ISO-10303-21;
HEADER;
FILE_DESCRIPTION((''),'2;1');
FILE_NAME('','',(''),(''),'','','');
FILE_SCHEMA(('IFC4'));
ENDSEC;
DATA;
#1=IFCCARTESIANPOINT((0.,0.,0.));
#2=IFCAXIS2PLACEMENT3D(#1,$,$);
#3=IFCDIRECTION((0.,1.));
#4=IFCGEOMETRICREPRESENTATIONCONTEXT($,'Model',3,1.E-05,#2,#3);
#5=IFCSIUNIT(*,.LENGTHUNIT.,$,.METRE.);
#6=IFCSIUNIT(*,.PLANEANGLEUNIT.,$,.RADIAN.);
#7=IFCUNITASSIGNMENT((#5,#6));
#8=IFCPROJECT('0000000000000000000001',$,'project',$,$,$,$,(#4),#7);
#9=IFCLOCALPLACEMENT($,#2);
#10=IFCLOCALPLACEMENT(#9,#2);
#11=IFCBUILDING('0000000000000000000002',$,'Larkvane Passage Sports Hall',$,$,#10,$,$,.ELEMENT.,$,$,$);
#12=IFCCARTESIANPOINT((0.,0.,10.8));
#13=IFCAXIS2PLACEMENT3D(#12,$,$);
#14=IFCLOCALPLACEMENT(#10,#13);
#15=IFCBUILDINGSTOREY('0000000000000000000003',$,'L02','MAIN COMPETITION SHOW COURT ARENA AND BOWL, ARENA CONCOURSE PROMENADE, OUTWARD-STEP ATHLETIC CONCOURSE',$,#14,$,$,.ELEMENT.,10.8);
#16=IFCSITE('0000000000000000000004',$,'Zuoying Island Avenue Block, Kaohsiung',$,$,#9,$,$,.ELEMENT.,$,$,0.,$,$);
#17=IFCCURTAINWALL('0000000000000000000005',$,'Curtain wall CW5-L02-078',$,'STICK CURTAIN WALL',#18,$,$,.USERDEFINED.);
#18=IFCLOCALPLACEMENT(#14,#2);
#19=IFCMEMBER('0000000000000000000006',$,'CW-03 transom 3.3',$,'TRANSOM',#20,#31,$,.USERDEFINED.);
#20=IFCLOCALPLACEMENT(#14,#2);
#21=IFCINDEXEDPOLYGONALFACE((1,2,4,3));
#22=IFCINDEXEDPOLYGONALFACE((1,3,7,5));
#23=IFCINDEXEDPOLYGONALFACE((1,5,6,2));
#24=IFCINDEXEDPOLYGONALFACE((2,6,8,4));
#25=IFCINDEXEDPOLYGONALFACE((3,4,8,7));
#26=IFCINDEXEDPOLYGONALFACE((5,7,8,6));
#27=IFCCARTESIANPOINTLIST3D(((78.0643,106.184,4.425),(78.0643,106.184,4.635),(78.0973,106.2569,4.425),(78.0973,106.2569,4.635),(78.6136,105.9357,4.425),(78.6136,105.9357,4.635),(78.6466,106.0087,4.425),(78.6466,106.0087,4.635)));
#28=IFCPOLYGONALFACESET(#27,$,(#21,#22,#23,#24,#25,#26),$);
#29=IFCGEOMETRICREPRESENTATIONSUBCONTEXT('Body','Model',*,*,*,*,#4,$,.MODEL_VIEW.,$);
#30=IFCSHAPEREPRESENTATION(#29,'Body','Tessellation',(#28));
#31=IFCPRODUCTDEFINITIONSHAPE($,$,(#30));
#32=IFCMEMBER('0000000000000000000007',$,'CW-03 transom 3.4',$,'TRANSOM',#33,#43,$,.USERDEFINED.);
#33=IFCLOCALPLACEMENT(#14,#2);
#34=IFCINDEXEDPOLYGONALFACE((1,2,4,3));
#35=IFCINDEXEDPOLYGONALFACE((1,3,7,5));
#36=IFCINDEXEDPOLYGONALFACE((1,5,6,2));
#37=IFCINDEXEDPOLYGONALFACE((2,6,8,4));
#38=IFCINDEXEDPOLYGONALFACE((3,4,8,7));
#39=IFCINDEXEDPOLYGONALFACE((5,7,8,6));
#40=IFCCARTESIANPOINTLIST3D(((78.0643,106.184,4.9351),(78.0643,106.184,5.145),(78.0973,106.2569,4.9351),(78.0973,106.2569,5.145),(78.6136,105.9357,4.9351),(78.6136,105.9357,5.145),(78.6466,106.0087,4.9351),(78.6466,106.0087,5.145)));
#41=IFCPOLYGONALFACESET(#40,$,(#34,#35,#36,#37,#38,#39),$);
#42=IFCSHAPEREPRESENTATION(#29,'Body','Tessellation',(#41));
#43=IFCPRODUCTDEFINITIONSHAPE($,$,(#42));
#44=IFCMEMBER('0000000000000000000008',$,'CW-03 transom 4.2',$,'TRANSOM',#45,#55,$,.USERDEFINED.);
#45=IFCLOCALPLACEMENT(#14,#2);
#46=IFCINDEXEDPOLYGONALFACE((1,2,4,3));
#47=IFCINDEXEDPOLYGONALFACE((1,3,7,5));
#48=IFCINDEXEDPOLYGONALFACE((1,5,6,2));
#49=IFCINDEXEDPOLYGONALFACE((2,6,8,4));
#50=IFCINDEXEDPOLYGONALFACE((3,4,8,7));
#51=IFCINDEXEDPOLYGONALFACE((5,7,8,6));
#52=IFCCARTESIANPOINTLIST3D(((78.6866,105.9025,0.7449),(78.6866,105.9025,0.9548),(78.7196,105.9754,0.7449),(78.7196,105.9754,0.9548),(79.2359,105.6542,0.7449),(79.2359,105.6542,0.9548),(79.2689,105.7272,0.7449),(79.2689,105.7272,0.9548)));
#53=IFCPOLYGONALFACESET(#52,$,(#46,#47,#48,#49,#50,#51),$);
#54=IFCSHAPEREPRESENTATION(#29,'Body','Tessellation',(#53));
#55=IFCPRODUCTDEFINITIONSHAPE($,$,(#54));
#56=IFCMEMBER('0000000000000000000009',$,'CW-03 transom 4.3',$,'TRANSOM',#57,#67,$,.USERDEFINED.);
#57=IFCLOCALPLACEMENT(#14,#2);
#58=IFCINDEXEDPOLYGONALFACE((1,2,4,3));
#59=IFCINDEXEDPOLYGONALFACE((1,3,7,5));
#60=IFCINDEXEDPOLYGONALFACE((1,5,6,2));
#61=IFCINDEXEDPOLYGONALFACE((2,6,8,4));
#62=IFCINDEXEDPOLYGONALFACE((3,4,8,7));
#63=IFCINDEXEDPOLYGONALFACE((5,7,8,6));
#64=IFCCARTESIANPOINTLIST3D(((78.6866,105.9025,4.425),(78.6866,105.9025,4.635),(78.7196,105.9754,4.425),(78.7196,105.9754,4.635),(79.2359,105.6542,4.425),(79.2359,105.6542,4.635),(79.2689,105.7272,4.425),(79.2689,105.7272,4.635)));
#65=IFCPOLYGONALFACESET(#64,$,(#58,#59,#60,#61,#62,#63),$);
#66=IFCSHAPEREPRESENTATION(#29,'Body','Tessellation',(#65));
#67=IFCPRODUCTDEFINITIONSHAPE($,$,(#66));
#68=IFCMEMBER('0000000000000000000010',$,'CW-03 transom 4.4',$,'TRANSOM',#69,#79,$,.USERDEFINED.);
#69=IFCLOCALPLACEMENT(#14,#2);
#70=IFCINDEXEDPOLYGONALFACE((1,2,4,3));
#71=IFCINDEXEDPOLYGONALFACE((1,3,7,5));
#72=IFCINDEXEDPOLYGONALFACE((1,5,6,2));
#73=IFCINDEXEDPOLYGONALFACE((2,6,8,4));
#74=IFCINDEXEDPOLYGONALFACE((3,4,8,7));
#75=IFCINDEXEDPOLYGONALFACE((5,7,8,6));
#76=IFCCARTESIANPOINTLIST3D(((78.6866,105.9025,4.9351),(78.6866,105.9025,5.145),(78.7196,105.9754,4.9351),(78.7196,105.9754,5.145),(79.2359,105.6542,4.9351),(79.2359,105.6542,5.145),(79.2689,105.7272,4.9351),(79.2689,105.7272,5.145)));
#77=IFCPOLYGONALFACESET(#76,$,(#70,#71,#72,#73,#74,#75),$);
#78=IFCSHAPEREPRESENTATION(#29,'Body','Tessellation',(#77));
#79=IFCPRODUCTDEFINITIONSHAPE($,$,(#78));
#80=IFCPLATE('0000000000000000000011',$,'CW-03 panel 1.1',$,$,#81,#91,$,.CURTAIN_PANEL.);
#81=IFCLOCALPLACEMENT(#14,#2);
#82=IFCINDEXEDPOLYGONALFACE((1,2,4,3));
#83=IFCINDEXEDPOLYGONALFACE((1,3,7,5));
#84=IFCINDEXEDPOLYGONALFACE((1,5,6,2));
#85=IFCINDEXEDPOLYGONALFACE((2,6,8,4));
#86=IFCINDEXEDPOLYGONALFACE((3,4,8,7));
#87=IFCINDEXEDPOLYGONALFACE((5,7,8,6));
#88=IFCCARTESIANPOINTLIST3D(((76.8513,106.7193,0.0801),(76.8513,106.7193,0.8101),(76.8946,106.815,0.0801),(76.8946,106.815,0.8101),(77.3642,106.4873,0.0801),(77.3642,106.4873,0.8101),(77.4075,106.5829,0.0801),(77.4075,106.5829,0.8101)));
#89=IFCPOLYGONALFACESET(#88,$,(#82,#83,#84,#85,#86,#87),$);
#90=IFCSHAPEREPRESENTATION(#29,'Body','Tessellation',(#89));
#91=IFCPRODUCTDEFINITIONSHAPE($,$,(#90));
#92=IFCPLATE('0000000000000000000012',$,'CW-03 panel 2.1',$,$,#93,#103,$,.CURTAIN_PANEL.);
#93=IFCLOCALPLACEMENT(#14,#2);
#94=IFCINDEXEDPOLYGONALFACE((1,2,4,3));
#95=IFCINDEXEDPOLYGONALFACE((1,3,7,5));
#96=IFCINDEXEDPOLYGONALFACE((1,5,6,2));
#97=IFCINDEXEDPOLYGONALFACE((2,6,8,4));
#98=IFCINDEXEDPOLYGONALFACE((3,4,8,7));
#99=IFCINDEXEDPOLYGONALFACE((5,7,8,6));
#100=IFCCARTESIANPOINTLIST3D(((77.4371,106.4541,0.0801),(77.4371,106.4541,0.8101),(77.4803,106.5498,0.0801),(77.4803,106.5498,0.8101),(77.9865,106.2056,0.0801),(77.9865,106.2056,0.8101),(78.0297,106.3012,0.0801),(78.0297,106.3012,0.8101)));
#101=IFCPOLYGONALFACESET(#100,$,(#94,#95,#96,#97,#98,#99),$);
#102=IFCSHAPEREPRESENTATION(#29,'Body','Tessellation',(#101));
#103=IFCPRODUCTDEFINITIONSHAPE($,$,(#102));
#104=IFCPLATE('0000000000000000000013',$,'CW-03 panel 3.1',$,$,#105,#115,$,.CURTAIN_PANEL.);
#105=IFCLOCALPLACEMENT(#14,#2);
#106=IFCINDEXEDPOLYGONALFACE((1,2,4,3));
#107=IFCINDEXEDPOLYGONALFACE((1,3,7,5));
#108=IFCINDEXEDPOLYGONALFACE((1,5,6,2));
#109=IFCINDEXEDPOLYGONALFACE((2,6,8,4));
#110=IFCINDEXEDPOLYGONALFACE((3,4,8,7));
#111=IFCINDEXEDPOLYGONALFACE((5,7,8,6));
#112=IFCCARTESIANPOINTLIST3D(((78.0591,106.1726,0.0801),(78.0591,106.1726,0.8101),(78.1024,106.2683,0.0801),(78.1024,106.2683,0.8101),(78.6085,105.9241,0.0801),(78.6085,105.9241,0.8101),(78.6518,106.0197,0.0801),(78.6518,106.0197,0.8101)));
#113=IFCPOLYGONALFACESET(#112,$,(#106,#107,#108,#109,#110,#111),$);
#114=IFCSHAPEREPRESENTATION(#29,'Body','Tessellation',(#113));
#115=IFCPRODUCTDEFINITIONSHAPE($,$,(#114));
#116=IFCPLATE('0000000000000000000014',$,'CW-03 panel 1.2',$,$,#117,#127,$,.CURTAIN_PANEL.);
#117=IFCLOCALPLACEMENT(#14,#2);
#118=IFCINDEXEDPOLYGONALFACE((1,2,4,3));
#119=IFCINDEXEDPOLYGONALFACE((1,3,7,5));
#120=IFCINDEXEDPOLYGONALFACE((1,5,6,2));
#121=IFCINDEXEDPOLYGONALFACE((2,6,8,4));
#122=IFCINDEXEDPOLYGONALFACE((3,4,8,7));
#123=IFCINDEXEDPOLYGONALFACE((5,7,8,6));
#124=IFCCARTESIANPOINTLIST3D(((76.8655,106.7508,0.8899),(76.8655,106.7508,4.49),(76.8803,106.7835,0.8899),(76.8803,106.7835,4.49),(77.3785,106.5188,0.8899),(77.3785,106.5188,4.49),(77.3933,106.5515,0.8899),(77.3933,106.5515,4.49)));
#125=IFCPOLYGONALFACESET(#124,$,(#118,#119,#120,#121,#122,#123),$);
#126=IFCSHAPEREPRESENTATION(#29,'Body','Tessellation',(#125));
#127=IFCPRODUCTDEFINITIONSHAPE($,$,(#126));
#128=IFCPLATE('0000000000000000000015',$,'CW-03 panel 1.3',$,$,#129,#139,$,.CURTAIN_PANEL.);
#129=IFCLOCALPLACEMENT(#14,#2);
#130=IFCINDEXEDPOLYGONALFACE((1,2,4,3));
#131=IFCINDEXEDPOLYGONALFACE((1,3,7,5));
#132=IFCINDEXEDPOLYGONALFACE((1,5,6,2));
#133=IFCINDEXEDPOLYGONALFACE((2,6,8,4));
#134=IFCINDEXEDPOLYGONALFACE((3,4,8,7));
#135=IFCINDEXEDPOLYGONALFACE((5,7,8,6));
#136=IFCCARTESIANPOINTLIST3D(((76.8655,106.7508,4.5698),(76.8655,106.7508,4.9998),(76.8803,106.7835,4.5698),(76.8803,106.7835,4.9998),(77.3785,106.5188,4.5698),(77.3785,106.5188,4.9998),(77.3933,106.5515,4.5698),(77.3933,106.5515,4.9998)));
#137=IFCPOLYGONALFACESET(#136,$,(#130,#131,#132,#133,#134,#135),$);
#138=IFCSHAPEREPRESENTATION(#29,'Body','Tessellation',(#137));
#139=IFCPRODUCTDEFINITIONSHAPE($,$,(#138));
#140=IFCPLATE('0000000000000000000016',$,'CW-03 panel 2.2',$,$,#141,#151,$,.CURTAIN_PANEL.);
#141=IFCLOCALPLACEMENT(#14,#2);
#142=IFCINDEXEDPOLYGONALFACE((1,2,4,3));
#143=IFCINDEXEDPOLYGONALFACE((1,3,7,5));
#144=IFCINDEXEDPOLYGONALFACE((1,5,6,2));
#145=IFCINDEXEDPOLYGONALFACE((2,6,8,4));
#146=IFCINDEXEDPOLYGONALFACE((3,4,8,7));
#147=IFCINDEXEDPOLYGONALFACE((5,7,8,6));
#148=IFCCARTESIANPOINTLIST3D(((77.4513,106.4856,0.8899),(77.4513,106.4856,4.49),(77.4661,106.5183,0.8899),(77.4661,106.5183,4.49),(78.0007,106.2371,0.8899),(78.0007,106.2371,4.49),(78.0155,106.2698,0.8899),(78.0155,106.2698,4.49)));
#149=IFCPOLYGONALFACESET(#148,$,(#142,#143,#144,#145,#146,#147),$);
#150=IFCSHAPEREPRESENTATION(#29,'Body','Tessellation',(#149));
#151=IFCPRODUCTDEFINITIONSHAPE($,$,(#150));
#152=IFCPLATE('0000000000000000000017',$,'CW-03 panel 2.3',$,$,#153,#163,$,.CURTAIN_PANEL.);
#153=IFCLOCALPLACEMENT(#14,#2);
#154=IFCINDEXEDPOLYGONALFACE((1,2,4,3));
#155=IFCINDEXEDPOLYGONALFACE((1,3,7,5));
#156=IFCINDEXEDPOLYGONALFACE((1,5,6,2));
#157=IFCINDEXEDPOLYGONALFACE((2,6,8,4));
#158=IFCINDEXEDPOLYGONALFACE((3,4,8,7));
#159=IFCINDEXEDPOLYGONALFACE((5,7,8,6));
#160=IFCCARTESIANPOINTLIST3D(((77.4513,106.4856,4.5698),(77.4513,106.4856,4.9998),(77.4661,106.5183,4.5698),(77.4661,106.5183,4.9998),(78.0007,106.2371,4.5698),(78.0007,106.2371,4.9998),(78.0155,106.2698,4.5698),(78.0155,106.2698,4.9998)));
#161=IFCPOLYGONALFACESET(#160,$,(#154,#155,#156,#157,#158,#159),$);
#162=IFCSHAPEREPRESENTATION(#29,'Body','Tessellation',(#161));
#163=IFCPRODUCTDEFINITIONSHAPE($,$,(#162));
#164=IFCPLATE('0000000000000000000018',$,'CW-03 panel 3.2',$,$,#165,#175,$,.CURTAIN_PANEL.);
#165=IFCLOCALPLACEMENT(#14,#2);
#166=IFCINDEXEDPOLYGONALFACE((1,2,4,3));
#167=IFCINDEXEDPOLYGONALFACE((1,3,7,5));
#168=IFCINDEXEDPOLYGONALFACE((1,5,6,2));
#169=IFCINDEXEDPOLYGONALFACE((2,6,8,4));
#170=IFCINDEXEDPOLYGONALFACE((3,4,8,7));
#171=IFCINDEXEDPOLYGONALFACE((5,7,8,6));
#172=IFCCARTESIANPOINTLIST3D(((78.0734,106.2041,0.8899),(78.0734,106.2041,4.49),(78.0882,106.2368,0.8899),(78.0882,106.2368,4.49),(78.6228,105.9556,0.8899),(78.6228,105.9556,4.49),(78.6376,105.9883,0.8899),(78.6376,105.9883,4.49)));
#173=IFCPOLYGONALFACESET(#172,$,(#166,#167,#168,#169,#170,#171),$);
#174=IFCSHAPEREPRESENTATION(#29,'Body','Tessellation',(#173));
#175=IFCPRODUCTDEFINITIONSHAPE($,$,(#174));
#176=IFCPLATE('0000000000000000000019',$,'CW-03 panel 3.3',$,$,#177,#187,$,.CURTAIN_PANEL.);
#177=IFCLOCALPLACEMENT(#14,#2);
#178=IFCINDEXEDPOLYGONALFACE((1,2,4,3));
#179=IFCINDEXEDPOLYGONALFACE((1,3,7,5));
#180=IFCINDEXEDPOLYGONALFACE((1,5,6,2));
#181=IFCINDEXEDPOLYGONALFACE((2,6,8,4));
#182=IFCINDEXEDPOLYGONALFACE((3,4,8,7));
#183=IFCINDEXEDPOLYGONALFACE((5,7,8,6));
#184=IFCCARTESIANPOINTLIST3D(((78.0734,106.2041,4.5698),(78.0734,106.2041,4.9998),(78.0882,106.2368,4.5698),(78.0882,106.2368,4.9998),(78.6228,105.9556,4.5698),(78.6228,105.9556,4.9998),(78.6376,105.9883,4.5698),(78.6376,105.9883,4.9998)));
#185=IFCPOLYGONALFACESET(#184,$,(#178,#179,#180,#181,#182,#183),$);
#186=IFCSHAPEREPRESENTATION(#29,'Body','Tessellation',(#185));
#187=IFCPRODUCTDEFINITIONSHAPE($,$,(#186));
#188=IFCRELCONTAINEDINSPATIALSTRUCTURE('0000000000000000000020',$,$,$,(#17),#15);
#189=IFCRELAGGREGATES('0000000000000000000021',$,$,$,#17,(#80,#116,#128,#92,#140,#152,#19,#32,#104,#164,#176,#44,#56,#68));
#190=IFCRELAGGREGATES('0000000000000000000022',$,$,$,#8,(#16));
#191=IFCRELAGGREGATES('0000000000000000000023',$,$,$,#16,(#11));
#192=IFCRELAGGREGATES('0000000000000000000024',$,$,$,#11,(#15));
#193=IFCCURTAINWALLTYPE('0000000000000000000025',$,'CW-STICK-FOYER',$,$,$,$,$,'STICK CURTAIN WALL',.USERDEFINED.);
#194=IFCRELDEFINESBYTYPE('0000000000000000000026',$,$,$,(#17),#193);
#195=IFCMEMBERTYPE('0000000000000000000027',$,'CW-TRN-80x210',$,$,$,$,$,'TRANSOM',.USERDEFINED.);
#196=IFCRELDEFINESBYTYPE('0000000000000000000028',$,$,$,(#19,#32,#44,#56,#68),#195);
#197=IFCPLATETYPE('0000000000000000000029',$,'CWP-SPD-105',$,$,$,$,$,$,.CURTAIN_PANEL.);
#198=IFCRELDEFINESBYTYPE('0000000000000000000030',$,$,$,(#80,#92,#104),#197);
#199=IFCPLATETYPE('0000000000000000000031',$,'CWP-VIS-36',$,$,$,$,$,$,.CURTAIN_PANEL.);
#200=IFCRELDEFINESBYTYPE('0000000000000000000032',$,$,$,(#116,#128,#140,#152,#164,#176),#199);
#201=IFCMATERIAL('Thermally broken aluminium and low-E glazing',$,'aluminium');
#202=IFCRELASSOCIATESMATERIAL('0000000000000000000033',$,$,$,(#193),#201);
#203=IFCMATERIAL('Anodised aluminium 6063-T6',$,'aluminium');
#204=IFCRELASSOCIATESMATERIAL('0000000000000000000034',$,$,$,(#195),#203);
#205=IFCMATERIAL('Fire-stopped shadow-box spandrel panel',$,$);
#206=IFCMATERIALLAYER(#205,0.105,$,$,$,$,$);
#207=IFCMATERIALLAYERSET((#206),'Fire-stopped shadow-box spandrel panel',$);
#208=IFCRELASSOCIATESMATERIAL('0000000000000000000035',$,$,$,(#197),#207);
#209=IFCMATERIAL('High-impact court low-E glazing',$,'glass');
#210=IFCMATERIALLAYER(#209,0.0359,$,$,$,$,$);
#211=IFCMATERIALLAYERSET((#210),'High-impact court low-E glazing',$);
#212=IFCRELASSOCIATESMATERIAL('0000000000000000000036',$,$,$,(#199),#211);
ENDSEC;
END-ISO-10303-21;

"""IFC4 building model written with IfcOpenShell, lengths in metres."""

from ifc_helpers import new_model, si_unit, direction, frame, origin, origin_2d, place, context, subcontext, project, spatial, rectangle, extrude, material, layer, layer_set, material_profile, profile_set, type_object, element, aggregate, save


model = new_model("IFC4")

# Units and contexts
model_context = context("Model", 3, precision=1e-05, world=origin(), true_north=direction((0.0, 1.0)))
body_context = subcontext(model_context, "Body", "Model", "MODEL_VIEW")
ifc_project = project(units=[si_unit("LENGTHUNIT", "METRE"), si_unit("PLANEANGLEUNIT", "RADIAN")], contexts=[model_context])

# Site, building, storey
site_placement = place(None, origin())
site = spatial("IfcSite", under=ifc_project, at=site_placement, Name="Zuoying Island Avenue Block, Kaohsiung", CompositionType="ELEMENT", RefElevation=0.0)
building_placement = place(site_placement, origin())
building = spatial("IfcBuilding", under=site, at=building_placement, Name="Larkvane Passage Sports Hall", CompositionType="ELEMENT")
storey_placement = place(building_placement, frame((0.0, 0.0, 10.8)))
storey = spatial("IfcBuildingStorey", under=building, at=storey_placement, Name="L02", Description="MAIN COMPETITION SHOW COURT ARENA AND BOWL, ARENA CONCOURSE PROMENADE, OUTWARD-STEP ATHLETIC CONCOURSE", CompositionType="ELEMENT", Elevation=10.8)

# Curtain wall, members, plates
ifc_material_1 = material(Name="Thermally broken aluminium and low-E glazing", Category="aluminium")
curtain_wall_type = type_object("IfcCurtainWallType", Name="CW-STICK-FOYER", ElementType="STICK CURTAIN WALL", PredefinedType="USERDEFINED", material=ifc_material_1)
curtain_wall_placement = place(storey_placement, origin())
curtain_wall = element("IfcCurtainWall", 1, at=curtain_wall_placement, inside=storey, type_object=curtain_wall_type, Name="Curtain wall CW5-L02-078", ObjectType="STICK CURTAIN WALL", PredefinedType="USERDEFINED")
ifc_material_2 = material(Name="Anodised aluminium 6063-T6", Category="aluminium")
ifc_material_profile_1 = material_profile(ifc_material_2, rectangle(XDim=0.0801, YDim=0.21, at=origin_2d()), Name="ALU-TRN-80x210")
ifc_profile_set_1 = profile_set([ifc_material_profile_1], Name="Anodised aluminium 6063-T6")
member_type_1 = type_object("IfcMemberType", Name="CW-TRN-80x210", ElementType="TRANSOM", PredefinedType="USERDEFINED", material=ifc_profile_set_1)
member_1_placement = place(storey_placement, frame((78.0808, 106.2205, 4.53), z_axis=(0.911238, -0.41188, 0.0), x_axis=(0.41188, 0.911238, 0.0)))
member_1 = element("IfcMember", 2, at=member_1_placement, type_object=member_type_1, Name="CW-03 transom 3.3", ObjectType="TRANSOM", PredefinedType="USERDEFINED", context=body_context, shape_type="SweptSolid", body=[
    extrude(rectangle(XDim=0.0801, YDim=0.21, at=origin_2d()), origin(), (0.0, 0.0, 1.0), 0.6028),
])
member_2_placement = place(storey_placement, frame((78.0808, 106.2205, 5.04), z_axis=(0.911238, -0.41188, 0.0), x_axis=(0.41188, 0.911238, 0.0)))
member_2 = element("IfcMember", 3, at=member_2_placement, type_object=member_type_1, Name="CW-03 transom 3.4", ObjectType="TRANSOM", PredefinedType="USERDEFINED", context=body_context, shape_type="SweptSolid", body=[
    extrude(rectangle(XDim=0.0801, YDim=0.21, at=origin_2d()), origin(), (0.0, 0.0, 1.0), 0.6028),
])
member_3_placement = place(storey_placement, frame((78.7031, 105.939, 0.8499), z_axis=(0.911238, -0.41188, 0.0), x_axis=(0.41188, 0.911238, 0.0)))
member_3 = element("IfcMember", 4, at=member_3_placement, type_object=member_type_1, Name="CW-03 transom 4.2", ObjectType="TRANSOM", PredefinedType="USERDEFINED", context=body_context, shape_type="SweptSolid", body=[
    extrude(rectangle(XDim=0.0801, YDim=0.21, at=origin_2d()), origin(), (0.0, 0.0, 1.0), 0.6028),
])
member_4_placement = place(storey_placement, frame((78.7031, 105.939, 4.53), z_axis=(0.911238, -0.41188, 0.0), x_axis=(0.41188, 0.911238, 0.0)))
member_4 = element("IfcMember", 5, at=member_4_placement, type_object=member_type_1, Name="CW-03 transom 4.3", ObjectType="TRANSOM", PredefinedType="USERDEFINED", context=body_context, shape_type="SweptSolid", body=[
    extrude(rectangle(XDim=0.0801, YDim=0.21, at=origin_2d()), origin(), (0.0, 0.0, 1.0), 0.6028),
])
member_5_placement = place(storey_placement, frame((78.7031, 105.939, 5.04), z_axis=(0.911238, -0.41188, 0.0), x_axis=(0.41188, 0.911238, 0.0)))
member_5 = element("IfcMember", 6, at=member_5_placement, type_object=member_type_1, Name="CW-03 transom 4.4", ObjectType="TRANSOM", PredefinedType="USERDEFINED", context=body_context, shape_type="SweptSolid", body=[
    extrude(rectangle(XDim=0.0801, YDim=0.21, at=origin_2d()), origin(), (0.0, 0.0, 1.0), 0.6028),
])
ifc_material_3 = material(Name="Fire-stopped shadow-box spandrel panel")
ifc_layer_1 = layer(ifc_material_3, 0.105)
ifc_layer_set_1 = layer_set([ifc_layer_1], Name="Fire-stopped shadow-box spandrel panel")
plate_type_1 = type_object("IfcPlateType", Name="CWP-SPD-105", PredefinedType="CURTAIN_PANEL", material=ifc_layer_set_1)
plate_1_placement = place(storey_placement, frame((77.1294, 106.6511, 0.0801), z_axis=(0.0, 0.0, 1.0), x_axis=(0.91111, -0.412163, 0.0)))
plate_1 = element("IfcPlate", 7, at=plate_1_placement, type_object=plate_type_1, Name="CW-03 panel 1.1", PredefinedType="CURTAIN_PANEL", context=body_context, shape_type="SweptSolid", body=[
    extrude(rectangle(XDim=0.563, YDim=0.105, at=origin_2d()), origin(), (0.0, 0.0, 1.0), 0.73),
])
plate_2_placement = place(storey_placement, frame((77.7334, 106.3777, 0.0801), z_axis=(0.0, 0.0, 1.0), x_axis=(0.91111, -0.412163, 0.0)))
plate_2 = element("IfcPlate", 8, at=plate_2_placement, type_object=plate_type_1, Name="CW-03 panel 2.1", PredefinedType="CURTAIN_PANEL", context=body_context, shape_type="SweptSolid", body=[
    extrude(rectangle(XDim=0.603, YDim=0.105, at=origin_2d()), origin(), (0.0, 0.0, 1.0), 0.73),
])
plate_3_placement = place(storey_placement, frame((78.3555, 106.0962, 0.0801), z_axis=(0.0, 0.0, 1.0), x_axis=(0.91111, -0.412163, 0.0)))
plate_3 = element("IfcPlate", 9, at=plate_3_placement, type_object=plate_type_1, Name="CW-03 panel 3.1", PredefinedType="CURTAIN_PANEL", context=body_context, shape_type="SweptSolid", body=[
    extrude(rectangle(XDim=0.603, YDim=0.105, at=origin_2d()), origin(), (0.0, 0.0, 1.0), 0.73),
])
ifc_material_4 = material(Name="High-impact court low-E glazing", Category="glass")
ifc_layer_2 = layer(ifc_material_4, 0.0359)
ifc_layer_set_2 = layer_set([ifc_layer_2], Name="High-impact court low-E glazing")
plate_type_2 = type_object("IfcPlateType", Name="CWP-VIS-36", PredefinedType="CURTAIN_PANEL", material=ifc_layer_set_2)
plate_4_placement = place(storey_placement, frame((77.1294, 106.6511, 0.8899), z_axis=(0.0, 0.0, 1.0), x_axis=(0.91111, -0.412163, 0.0)))
plate_4 = element("IfcPlate", 10, at=plate_4_placement, type_object=plate_type_2, Name="CW-03 panel 1.2", PredefinedType="CURTAIN_PANEL", context=body_context, shape_type="SweptSolid", body=[
    extrude(rectangle(XDim=0.563, YDim=0.0359, at=origin_2d()), origin(), (0.0, 0.0, 1.0), 3.6001),
])
plate_5_placement = place(storey_placement, frame((77.1294, 106.6511, 4.5698), z_axis=(0.0, 0.0, 1.0), x_axis=(0.91111, -0.412163, 0.0)))
plate_5 = element("IfcPlate", 11, at=plate_5_placement, type_object=plate_type_2, Name="CW-03 panel 1.3", PredefinedType="CURTAIN_PANEL", context=body_context, shape_type="SweptSolid", body=[
    extrude(rectangle(XDim=0.563, YDim=0.0359, at=origin_2d()), origin(), (0.0, 0.0, 1.0), 0.4299),
])
plate_6_placement = place(storey_placement, frame((77.7334, 106.3777, 0.8899), z_axis=(0.0, 0.0, 1.0), x_axis=(0.91111, -0.412163, 0.0)))
plate_6 = element("IfcPlate", 12, at=plate_6_placement, type_object=plate_type_2, Name="CW-03 panel 2.2", PredefinedType="CURTAIN_PANEL", context=body_context, shape_type="SweptSolid", body=[
    extrude(rectangle(XDim=0.603, YDim=0.0359, at=origin_2d()), origin(), (0.0, 0.0, 1.0), 3.6001),
])
plate_7_placement = place(storey_placement, frame((77.7334, 106.3777, 4.5698), z_axis=(0.0, 0.0, 1.0), x_axis=(0.91111, -0.412163, 0.0)))
plate_7 = element("IfcPlate", 13, at=plate_7_placement, type_object=plate_type_2, Name="CW-03 panel 2.3", PredefinedType="CURTAIN_PANEL", context=body_context, shape_type="SweptSolid", body=[
    extrude(rectangle(XDim=0.603, YDim=0.0359, at=origin_2d()), origin(), (0.0, 0.0, 1.0), 0.4299),
])
plate_8_placement = place(storey_placement, frame((78.3555, 106.0962, 0.8899), z_axis=(0.0, 0.0, 1.0), x_axis=(0.91111, -0.412163, 0.0)))
plate_8 = element("IfcPlate", 14, at=plate_8_placement, type_object=plate_type_2, Name="CW-03 panel 3.2", PredefinedType="CURTAIN_PANEL", context=body_context, shape_type="SweptSolid", body=[
    extrude(rectangle(XDim=0.603, YDim=0.0359, at=origin_2d()), origin(), (0.0, 0.0, 1.0), 3.6001),
])
plate_9_placement = place(storey_placement, frame((78.3555, 106.0962, 4.5698), z_axis=(0.0, 0.0, 1.0), x_axis=(0.91111, -0.412163, 0.0)))
plate_9 = element("IfcPlate", 15, at=plate_9_placement, type_object=plate_type_2, Name="CW-03 panel 3.3", PredefinedType="CURTAIN_PANEL", context=body_context, shape_type="SweptSolid", body=[
    extrude(rectangle(XDim=0.603, YDim=0.0359, at=origin_2d()), origin(), (0.0, 0.0, 1.0), 0.4299),
])
aggregate(curtain_wall, [plate_1, plate_4, plate_5, plate_2, plate_6, plate_7, member_1, member_2, plate_3, plate_8, plate_9, member_3, member_4, member_5])

save(model, "model.ifc")
